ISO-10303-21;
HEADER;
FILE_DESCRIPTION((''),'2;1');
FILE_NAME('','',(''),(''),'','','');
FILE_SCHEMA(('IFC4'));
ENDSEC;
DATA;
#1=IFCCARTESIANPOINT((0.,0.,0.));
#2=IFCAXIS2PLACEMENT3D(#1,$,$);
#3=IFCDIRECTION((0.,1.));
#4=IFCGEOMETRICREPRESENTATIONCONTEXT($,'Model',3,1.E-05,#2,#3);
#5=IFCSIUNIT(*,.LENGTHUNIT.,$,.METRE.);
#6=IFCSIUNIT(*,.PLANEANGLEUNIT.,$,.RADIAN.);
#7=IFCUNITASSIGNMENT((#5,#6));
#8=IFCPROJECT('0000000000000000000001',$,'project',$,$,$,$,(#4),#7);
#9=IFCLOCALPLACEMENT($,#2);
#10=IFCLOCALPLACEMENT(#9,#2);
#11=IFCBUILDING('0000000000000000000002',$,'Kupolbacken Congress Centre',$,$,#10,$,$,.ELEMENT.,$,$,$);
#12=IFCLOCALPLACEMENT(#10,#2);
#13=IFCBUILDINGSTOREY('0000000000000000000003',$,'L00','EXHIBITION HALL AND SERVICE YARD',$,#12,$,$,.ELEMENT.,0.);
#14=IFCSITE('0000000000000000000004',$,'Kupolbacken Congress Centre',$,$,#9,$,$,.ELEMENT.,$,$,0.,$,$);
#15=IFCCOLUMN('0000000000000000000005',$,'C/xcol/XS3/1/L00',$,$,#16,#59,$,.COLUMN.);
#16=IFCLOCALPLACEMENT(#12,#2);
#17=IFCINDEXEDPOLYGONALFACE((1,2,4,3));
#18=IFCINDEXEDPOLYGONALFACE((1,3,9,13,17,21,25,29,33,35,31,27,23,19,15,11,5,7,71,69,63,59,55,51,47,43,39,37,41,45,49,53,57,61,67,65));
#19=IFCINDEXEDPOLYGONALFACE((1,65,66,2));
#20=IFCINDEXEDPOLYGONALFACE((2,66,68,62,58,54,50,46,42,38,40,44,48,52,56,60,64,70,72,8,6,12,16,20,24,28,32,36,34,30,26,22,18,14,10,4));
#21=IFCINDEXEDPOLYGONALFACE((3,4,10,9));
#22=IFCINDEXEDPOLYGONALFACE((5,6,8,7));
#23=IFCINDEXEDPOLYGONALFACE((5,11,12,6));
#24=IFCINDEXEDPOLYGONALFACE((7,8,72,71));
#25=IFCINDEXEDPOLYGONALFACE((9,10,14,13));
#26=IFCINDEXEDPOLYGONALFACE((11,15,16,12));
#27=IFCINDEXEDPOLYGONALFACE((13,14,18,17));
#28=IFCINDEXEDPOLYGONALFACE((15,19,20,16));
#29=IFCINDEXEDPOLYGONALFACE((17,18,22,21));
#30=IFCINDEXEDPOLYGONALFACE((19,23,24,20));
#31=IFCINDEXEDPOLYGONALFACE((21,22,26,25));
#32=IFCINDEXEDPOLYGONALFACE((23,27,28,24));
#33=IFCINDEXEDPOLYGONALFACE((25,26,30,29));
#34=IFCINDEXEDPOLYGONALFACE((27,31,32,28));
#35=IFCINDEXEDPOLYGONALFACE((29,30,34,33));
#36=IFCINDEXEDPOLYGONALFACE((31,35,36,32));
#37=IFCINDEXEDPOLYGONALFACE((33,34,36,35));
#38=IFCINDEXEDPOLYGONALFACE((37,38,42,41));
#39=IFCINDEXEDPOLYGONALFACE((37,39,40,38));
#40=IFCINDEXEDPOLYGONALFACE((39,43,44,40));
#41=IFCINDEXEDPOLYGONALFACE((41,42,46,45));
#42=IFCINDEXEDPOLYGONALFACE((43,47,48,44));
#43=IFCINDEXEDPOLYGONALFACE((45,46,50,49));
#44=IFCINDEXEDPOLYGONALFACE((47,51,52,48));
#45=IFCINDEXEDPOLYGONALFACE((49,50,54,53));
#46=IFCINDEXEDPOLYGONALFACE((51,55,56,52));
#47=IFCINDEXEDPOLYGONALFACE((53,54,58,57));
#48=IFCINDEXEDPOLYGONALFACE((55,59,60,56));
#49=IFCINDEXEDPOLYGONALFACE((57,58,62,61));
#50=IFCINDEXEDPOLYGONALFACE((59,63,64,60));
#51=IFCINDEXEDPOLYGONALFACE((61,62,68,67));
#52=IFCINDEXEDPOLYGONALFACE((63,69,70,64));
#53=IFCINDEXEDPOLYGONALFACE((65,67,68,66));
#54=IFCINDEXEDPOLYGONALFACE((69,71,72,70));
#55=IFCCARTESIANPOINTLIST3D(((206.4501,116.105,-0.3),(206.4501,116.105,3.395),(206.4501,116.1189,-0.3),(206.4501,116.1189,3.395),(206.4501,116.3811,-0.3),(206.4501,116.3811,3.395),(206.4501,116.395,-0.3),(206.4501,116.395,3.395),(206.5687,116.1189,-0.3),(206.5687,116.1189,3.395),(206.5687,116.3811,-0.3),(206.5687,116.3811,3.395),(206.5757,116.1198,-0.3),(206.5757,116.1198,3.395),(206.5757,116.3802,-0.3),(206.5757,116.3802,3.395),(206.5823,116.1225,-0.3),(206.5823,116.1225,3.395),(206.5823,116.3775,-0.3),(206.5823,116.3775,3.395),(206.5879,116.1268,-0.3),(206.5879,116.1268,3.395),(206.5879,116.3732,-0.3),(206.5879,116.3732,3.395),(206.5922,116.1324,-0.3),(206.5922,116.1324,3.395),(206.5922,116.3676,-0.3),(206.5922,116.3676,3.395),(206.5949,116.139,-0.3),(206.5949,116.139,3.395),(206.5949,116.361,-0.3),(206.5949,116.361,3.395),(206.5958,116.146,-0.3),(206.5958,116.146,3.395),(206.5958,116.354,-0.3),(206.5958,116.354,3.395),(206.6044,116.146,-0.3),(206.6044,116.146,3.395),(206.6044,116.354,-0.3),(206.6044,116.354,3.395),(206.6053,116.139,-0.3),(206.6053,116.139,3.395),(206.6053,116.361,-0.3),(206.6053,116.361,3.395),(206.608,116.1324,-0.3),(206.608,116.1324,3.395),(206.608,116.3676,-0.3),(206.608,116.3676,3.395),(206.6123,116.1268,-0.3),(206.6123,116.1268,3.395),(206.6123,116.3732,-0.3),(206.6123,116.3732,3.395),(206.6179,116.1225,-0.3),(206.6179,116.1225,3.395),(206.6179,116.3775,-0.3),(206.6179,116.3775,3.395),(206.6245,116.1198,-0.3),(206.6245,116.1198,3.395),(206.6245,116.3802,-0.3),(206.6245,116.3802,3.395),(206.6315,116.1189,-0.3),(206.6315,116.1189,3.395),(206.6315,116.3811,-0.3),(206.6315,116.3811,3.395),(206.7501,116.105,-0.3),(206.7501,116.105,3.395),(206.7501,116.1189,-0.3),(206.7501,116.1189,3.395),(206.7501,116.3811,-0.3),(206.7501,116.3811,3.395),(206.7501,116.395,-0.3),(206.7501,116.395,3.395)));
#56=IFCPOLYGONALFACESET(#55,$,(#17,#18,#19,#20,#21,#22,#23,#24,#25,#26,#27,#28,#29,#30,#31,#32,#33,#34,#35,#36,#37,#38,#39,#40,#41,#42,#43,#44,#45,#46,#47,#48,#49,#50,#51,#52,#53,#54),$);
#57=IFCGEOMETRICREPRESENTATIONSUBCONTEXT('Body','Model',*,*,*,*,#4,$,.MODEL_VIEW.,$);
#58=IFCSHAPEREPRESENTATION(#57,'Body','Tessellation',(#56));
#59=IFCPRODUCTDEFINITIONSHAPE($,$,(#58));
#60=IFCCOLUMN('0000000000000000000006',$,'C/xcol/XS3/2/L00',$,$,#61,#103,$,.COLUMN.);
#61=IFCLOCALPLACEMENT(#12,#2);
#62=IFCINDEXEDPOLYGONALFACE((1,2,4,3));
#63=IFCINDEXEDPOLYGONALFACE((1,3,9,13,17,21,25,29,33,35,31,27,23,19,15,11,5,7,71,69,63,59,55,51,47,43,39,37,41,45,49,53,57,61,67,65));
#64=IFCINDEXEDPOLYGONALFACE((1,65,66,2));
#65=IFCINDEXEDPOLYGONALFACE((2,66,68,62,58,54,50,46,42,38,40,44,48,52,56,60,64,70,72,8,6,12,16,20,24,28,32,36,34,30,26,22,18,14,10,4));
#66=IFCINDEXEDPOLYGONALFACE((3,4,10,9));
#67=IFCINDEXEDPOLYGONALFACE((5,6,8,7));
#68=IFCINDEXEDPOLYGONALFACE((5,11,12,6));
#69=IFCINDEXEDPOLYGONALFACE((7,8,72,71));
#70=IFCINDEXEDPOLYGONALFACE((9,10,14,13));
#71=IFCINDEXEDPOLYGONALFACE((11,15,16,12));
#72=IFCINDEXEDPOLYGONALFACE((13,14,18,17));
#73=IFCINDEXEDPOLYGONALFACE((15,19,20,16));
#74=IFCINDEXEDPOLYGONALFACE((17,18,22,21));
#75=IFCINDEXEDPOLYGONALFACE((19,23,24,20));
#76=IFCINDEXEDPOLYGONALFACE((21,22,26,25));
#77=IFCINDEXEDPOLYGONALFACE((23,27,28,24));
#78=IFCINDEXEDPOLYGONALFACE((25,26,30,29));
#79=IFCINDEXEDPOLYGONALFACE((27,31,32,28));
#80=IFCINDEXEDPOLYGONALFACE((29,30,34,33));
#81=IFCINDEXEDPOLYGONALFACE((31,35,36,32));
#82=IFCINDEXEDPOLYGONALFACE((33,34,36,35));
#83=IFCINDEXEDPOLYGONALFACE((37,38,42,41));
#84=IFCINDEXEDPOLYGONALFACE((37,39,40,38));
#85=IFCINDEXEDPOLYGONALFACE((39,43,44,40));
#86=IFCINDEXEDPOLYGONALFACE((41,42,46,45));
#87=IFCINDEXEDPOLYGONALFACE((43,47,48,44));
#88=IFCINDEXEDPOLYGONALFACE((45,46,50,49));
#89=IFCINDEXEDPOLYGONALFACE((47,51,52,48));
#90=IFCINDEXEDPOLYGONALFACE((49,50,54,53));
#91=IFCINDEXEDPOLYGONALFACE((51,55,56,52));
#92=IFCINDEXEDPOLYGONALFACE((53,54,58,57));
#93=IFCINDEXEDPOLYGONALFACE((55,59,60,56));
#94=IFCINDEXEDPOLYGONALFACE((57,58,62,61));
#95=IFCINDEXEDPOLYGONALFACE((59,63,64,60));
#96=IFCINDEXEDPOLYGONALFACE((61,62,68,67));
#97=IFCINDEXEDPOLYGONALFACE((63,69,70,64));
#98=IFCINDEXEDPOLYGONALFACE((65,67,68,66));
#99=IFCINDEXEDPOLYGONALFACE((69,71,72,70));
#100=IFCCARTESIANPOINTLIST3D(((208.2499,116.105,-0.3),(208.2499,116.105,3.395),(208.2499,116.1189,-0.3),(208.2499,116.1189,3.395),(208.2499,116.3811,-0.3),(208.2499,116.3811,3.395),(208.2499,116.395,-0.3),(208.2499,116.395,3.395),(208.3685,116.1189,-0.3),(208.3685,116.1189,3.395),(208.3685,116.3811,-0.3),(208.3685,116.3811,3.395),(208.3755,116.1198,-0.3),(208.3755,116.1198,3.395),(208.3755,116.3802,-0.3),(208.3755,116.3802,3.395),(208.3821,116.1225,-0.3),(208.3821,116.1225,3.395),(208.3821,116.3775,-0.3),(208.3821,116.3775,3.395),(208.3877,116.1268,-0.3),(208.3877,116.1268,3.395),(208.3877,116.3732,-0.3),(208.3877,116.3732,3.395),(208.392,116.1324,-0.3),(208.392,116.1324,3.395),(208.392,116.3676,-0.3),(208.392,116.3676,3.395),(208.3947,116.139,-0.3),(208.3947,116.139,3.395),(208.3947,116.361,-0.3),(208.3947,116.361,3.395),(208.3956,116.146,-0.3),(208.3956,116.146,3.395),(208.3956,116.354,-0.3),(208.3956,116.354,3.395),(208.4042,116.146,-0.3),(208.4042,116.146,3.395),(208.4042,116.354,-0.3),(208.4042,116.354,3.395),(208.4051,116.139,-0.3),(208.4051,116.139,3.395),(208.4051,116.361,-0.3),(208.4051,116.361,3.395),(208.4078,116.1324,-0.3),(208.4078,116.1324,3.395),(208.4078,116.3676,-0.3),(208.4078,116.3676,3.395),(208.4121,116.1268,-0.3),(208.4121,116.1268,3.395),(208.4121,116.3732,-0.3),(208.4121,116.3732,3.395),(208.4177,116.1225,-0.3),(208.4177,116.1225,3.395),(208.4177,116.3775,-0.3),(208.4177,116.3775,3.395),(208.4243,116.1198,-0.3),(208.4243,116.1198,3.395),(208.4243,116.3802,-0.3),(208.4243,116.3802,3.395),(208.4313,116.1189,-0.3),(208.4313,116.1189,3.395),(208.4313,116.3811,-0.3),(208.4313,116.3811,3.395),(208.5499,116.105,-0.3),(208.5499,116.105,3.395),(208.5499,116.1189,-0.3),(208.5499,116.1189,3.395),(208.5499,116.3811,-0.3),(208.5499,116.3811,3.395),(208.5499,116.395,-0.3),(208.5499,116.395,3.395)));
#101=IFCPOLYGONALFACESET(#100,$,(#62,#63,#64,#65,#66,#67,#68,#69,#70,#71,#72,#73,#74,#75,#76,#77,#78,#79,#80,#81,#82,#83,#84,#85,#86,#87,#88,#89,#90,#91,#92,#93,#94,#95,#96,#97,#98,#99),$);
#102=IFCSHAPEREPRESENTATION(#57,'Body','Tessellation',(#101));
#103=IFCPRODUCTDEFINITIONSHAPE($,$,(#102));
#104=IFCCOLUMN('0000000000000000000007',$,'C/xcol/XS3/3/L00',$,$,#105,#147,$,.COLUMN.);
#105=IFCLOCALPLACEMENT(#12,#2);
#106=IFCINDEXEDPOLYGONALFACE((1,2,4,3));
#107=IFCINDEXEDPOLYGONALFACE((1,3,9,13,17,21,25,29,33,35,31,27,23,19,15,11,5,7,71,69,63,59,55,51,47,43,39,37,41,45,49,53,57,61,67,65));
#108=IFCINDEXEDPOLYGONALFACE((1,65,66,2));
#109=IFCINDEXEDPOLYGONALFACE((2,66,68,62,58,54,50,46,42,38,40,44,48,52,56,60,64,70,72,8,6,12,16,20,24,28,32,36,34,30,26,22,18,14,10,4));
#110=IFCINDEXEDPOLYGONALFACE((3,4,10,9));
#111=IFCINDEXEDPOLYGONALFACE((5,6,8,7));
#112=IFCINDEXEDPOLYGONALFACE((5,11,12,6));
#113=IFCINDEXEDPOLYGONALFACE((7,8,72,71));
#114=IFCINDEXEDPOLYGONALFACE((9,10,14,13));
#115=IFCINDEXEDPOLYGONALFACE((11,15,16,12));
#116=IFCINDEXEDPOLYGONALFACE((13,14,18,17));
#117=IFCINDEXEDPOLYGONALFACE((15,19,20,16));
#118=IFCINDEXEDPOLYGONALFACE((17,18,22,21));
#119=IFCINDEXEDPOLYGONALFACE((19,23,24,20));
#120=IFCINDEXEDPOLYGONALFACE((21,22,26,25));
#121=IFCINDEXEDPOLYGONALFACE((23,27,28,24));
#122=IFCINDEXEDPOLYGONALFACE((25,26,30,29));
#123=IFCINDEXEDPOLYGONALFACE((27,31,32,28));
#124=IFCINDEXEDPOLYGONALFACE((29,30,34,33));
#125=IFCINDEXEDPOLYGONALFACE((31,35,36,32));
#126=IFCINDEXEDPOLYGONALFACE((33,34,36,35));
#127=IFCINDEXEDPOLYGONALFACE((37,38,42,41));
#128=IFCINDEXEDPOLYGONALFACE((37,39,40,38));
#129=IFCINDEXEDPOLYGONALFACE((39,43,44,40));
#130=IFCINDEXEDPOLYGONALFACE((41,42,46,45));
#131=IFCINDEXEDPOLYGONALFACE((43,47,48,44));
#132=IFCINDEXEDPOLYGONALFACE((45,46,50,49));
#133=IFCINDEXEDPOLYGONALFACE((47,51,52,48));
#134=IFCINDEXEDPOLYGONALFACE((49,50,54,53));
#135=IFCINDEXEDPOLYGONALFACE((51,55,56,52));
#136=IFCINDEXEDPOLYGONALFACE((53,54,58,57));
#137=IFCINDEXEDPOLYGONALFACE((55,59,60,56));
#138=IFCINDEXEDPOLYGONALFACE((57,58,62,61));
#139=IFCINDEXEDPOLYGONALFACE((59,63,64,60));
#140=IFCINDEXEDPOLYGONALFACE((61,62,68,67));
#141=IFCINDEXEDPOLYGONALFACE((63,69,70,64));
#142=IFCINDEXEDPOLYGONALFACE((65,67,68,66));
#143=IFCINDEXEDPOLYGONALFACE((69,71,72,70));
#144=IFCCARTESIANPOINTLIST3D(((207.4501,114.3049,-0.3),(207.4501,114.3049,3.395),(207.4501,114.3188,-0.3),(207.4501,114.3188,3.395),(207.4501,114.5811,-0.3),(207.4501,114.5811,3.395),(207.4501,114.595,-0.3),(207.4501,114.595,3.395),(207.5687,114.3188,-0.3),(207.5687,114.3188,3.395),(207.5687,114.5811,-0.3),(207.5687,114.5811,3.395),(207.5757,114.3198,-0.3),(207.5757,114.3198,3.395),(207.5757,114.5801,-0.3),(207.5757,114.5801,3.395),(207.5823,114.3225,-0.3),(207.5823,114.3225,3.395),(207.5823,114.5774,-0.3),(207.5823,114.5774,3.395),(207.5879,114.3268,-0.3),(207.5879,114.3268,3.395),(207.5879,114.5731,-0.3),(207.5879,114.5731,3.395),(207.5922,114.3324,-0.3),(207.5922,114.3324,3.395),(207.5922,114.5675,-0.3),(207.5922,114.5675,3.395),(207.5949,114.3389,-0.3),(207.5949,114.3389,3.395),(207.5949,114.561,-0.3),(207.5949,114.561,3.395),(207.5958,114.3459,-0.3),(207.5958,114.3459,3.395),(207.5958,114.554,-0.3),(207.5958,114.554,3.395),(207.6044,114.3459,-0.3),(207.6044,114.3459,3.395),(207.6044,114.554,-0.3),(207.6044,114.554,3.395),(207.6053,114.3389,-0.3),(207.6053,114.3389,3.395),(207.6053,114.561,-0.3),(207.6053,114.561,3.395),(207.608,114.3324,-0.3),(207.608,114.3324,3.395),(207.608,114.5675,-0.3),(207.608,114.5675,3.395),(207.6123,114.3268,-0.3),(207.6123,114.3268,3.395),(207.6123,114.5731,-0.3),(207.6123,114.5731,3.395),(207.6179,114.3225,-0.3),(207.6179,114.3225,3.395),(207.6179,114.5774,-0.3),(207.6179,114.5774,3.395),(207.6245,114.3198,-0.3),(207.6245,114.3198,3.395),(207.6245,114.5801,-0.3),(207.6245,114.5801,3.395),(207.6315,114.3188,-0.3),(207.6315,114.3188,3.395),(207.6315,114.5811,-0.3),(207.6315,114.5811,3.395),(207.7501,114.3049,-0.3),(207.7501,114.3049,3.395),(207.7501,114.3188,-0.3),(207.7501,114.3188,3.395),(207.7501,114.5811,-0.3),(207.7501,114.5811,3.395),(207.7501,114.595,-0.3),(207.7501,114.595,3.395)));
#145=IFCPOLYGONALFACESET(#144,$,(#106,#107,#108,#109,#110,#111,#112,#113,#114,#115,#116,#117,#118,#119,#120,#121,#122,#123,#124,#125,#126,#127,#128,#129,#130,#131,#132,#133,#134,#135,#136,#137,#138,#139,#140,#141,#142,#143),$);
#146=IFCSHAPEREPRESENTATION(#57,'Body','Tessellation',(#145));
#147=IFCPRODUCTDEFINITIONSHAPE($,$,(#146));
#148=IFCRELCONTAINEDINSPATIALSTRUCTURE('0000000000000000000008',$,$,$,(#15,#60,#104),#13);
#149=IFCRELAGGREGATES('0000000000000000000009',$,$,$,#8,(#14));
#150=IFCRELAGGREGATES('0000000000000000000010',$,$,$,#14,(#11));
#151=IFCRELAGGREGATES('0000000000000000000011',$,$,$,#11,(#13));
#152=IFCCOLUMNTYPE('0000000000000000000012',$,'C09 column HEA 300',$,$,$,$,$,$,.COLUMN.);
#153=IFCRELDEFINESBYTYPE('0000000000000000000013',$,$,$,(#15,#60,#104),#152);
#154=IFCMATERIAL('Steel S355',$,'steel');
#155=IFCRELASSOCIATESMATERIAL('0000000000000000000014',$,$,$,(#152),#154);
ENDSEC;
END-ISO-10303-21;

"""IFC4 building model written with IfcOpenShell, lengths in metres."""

from ifc_helpers import new_model, si_unit, direction, frame, origin, origin_2d, place, context, subcontext, project, spatial, i_section, extrude, material, material_profile, profile_set, type_object, element, save


model = new_model("IFC4")

# Units and contexts
model_context = context("Model", 3, precision=1e-05, world=origin(), true_north=direction((0.0, 1.0)))
body_context = subcontext(model_context, "Body", "Model", "MODEL_VIEW")
ifc_project = project(units=[si_unit("LENGTHUNIT", "METRE"), si_unit("PLANEANGLEUNIT", "RADIAN")], contexts=[model_context])

# Site, building, storey
site_placement = place(None, origin())
site = spatial("IfcSite", under=ifc_project, at=site_placement, Name="Kupolbacken Congress Centre", CompositionType="ELEMENT", RefElevation=0.0)
building_placement = place(site_placement, origin())
building = spatial("IfcBuilding", under=site, at=building_placement, Name="Kupolbacken Congress Centre", CompositionType="ELEMENT")
storey_placement = place(building_placement, origin())
storey = spatial("IfcBuildingStorey", under=building, at=storey_placement, Name="L00", Description="EXHIBITION HALL AND SERVICE YARD", CompositionType="ELEMENT", Elevation=0.0)

# Columns
ifc_material_1 = material(Name="Steel S355", Category="steel")
ifc_material_profile_1 = material_profile(ifc_material_1, i_section(OverallWidth=0.3, OverallDepth=0.29, WebThickness=0.0085, FlangeThickness=0.0139, FilletRadius=0.0271, at=origin_2d()), Name="HEA 300")
ifc_profile_set_1 = profile_set([ifc_material_profile_1], Name="Steel S355")
column_type = type_object("IfcColumnType", Name="C09 column HEA 300", PredefinedType="COLUMN", material=ifc_profile_set_1)
for number, where, z_axis, x_axis, name in (
    (1, (206.6001, 116.25, -0.3), (0.0, 0.0, 1.0), (1.0, 0.0, 0.0), "C/xcol/XS3/1/L00"),
    (2, (208.3999, 116.25, -0.3), (0.0, 0.0, 1.0), (1.0, 0.0, 0.0), "C/xcol/XS3/2/L00"),
    (3, (207.6001, 114.45, -0.3), (0.0, 0.0, 1.0), (1.0, 0.0, 0.0), "C/xcol/XS3/3/L00"),
):
    element("IfcColumn", number, at=place(storey_placement, frame(where, z_axis=z_axis, x_axis=x_axis)), inside=storey, type_object=column_type, Name=name, PredefinedType="COLUMN", context=body_context, shape_type="SweptSolid", body=[
        extrude(i_section(OverallWidth=0.3, OverallDepth=0.29, WebThickness=0.0085, FlangeThickness=0.0139, FilletRadius=0.0271, at=origin_2d()), origin(), (0.0, 0.0, 1.0), 3.6951),
    ])

save(model, "model.ifc")
